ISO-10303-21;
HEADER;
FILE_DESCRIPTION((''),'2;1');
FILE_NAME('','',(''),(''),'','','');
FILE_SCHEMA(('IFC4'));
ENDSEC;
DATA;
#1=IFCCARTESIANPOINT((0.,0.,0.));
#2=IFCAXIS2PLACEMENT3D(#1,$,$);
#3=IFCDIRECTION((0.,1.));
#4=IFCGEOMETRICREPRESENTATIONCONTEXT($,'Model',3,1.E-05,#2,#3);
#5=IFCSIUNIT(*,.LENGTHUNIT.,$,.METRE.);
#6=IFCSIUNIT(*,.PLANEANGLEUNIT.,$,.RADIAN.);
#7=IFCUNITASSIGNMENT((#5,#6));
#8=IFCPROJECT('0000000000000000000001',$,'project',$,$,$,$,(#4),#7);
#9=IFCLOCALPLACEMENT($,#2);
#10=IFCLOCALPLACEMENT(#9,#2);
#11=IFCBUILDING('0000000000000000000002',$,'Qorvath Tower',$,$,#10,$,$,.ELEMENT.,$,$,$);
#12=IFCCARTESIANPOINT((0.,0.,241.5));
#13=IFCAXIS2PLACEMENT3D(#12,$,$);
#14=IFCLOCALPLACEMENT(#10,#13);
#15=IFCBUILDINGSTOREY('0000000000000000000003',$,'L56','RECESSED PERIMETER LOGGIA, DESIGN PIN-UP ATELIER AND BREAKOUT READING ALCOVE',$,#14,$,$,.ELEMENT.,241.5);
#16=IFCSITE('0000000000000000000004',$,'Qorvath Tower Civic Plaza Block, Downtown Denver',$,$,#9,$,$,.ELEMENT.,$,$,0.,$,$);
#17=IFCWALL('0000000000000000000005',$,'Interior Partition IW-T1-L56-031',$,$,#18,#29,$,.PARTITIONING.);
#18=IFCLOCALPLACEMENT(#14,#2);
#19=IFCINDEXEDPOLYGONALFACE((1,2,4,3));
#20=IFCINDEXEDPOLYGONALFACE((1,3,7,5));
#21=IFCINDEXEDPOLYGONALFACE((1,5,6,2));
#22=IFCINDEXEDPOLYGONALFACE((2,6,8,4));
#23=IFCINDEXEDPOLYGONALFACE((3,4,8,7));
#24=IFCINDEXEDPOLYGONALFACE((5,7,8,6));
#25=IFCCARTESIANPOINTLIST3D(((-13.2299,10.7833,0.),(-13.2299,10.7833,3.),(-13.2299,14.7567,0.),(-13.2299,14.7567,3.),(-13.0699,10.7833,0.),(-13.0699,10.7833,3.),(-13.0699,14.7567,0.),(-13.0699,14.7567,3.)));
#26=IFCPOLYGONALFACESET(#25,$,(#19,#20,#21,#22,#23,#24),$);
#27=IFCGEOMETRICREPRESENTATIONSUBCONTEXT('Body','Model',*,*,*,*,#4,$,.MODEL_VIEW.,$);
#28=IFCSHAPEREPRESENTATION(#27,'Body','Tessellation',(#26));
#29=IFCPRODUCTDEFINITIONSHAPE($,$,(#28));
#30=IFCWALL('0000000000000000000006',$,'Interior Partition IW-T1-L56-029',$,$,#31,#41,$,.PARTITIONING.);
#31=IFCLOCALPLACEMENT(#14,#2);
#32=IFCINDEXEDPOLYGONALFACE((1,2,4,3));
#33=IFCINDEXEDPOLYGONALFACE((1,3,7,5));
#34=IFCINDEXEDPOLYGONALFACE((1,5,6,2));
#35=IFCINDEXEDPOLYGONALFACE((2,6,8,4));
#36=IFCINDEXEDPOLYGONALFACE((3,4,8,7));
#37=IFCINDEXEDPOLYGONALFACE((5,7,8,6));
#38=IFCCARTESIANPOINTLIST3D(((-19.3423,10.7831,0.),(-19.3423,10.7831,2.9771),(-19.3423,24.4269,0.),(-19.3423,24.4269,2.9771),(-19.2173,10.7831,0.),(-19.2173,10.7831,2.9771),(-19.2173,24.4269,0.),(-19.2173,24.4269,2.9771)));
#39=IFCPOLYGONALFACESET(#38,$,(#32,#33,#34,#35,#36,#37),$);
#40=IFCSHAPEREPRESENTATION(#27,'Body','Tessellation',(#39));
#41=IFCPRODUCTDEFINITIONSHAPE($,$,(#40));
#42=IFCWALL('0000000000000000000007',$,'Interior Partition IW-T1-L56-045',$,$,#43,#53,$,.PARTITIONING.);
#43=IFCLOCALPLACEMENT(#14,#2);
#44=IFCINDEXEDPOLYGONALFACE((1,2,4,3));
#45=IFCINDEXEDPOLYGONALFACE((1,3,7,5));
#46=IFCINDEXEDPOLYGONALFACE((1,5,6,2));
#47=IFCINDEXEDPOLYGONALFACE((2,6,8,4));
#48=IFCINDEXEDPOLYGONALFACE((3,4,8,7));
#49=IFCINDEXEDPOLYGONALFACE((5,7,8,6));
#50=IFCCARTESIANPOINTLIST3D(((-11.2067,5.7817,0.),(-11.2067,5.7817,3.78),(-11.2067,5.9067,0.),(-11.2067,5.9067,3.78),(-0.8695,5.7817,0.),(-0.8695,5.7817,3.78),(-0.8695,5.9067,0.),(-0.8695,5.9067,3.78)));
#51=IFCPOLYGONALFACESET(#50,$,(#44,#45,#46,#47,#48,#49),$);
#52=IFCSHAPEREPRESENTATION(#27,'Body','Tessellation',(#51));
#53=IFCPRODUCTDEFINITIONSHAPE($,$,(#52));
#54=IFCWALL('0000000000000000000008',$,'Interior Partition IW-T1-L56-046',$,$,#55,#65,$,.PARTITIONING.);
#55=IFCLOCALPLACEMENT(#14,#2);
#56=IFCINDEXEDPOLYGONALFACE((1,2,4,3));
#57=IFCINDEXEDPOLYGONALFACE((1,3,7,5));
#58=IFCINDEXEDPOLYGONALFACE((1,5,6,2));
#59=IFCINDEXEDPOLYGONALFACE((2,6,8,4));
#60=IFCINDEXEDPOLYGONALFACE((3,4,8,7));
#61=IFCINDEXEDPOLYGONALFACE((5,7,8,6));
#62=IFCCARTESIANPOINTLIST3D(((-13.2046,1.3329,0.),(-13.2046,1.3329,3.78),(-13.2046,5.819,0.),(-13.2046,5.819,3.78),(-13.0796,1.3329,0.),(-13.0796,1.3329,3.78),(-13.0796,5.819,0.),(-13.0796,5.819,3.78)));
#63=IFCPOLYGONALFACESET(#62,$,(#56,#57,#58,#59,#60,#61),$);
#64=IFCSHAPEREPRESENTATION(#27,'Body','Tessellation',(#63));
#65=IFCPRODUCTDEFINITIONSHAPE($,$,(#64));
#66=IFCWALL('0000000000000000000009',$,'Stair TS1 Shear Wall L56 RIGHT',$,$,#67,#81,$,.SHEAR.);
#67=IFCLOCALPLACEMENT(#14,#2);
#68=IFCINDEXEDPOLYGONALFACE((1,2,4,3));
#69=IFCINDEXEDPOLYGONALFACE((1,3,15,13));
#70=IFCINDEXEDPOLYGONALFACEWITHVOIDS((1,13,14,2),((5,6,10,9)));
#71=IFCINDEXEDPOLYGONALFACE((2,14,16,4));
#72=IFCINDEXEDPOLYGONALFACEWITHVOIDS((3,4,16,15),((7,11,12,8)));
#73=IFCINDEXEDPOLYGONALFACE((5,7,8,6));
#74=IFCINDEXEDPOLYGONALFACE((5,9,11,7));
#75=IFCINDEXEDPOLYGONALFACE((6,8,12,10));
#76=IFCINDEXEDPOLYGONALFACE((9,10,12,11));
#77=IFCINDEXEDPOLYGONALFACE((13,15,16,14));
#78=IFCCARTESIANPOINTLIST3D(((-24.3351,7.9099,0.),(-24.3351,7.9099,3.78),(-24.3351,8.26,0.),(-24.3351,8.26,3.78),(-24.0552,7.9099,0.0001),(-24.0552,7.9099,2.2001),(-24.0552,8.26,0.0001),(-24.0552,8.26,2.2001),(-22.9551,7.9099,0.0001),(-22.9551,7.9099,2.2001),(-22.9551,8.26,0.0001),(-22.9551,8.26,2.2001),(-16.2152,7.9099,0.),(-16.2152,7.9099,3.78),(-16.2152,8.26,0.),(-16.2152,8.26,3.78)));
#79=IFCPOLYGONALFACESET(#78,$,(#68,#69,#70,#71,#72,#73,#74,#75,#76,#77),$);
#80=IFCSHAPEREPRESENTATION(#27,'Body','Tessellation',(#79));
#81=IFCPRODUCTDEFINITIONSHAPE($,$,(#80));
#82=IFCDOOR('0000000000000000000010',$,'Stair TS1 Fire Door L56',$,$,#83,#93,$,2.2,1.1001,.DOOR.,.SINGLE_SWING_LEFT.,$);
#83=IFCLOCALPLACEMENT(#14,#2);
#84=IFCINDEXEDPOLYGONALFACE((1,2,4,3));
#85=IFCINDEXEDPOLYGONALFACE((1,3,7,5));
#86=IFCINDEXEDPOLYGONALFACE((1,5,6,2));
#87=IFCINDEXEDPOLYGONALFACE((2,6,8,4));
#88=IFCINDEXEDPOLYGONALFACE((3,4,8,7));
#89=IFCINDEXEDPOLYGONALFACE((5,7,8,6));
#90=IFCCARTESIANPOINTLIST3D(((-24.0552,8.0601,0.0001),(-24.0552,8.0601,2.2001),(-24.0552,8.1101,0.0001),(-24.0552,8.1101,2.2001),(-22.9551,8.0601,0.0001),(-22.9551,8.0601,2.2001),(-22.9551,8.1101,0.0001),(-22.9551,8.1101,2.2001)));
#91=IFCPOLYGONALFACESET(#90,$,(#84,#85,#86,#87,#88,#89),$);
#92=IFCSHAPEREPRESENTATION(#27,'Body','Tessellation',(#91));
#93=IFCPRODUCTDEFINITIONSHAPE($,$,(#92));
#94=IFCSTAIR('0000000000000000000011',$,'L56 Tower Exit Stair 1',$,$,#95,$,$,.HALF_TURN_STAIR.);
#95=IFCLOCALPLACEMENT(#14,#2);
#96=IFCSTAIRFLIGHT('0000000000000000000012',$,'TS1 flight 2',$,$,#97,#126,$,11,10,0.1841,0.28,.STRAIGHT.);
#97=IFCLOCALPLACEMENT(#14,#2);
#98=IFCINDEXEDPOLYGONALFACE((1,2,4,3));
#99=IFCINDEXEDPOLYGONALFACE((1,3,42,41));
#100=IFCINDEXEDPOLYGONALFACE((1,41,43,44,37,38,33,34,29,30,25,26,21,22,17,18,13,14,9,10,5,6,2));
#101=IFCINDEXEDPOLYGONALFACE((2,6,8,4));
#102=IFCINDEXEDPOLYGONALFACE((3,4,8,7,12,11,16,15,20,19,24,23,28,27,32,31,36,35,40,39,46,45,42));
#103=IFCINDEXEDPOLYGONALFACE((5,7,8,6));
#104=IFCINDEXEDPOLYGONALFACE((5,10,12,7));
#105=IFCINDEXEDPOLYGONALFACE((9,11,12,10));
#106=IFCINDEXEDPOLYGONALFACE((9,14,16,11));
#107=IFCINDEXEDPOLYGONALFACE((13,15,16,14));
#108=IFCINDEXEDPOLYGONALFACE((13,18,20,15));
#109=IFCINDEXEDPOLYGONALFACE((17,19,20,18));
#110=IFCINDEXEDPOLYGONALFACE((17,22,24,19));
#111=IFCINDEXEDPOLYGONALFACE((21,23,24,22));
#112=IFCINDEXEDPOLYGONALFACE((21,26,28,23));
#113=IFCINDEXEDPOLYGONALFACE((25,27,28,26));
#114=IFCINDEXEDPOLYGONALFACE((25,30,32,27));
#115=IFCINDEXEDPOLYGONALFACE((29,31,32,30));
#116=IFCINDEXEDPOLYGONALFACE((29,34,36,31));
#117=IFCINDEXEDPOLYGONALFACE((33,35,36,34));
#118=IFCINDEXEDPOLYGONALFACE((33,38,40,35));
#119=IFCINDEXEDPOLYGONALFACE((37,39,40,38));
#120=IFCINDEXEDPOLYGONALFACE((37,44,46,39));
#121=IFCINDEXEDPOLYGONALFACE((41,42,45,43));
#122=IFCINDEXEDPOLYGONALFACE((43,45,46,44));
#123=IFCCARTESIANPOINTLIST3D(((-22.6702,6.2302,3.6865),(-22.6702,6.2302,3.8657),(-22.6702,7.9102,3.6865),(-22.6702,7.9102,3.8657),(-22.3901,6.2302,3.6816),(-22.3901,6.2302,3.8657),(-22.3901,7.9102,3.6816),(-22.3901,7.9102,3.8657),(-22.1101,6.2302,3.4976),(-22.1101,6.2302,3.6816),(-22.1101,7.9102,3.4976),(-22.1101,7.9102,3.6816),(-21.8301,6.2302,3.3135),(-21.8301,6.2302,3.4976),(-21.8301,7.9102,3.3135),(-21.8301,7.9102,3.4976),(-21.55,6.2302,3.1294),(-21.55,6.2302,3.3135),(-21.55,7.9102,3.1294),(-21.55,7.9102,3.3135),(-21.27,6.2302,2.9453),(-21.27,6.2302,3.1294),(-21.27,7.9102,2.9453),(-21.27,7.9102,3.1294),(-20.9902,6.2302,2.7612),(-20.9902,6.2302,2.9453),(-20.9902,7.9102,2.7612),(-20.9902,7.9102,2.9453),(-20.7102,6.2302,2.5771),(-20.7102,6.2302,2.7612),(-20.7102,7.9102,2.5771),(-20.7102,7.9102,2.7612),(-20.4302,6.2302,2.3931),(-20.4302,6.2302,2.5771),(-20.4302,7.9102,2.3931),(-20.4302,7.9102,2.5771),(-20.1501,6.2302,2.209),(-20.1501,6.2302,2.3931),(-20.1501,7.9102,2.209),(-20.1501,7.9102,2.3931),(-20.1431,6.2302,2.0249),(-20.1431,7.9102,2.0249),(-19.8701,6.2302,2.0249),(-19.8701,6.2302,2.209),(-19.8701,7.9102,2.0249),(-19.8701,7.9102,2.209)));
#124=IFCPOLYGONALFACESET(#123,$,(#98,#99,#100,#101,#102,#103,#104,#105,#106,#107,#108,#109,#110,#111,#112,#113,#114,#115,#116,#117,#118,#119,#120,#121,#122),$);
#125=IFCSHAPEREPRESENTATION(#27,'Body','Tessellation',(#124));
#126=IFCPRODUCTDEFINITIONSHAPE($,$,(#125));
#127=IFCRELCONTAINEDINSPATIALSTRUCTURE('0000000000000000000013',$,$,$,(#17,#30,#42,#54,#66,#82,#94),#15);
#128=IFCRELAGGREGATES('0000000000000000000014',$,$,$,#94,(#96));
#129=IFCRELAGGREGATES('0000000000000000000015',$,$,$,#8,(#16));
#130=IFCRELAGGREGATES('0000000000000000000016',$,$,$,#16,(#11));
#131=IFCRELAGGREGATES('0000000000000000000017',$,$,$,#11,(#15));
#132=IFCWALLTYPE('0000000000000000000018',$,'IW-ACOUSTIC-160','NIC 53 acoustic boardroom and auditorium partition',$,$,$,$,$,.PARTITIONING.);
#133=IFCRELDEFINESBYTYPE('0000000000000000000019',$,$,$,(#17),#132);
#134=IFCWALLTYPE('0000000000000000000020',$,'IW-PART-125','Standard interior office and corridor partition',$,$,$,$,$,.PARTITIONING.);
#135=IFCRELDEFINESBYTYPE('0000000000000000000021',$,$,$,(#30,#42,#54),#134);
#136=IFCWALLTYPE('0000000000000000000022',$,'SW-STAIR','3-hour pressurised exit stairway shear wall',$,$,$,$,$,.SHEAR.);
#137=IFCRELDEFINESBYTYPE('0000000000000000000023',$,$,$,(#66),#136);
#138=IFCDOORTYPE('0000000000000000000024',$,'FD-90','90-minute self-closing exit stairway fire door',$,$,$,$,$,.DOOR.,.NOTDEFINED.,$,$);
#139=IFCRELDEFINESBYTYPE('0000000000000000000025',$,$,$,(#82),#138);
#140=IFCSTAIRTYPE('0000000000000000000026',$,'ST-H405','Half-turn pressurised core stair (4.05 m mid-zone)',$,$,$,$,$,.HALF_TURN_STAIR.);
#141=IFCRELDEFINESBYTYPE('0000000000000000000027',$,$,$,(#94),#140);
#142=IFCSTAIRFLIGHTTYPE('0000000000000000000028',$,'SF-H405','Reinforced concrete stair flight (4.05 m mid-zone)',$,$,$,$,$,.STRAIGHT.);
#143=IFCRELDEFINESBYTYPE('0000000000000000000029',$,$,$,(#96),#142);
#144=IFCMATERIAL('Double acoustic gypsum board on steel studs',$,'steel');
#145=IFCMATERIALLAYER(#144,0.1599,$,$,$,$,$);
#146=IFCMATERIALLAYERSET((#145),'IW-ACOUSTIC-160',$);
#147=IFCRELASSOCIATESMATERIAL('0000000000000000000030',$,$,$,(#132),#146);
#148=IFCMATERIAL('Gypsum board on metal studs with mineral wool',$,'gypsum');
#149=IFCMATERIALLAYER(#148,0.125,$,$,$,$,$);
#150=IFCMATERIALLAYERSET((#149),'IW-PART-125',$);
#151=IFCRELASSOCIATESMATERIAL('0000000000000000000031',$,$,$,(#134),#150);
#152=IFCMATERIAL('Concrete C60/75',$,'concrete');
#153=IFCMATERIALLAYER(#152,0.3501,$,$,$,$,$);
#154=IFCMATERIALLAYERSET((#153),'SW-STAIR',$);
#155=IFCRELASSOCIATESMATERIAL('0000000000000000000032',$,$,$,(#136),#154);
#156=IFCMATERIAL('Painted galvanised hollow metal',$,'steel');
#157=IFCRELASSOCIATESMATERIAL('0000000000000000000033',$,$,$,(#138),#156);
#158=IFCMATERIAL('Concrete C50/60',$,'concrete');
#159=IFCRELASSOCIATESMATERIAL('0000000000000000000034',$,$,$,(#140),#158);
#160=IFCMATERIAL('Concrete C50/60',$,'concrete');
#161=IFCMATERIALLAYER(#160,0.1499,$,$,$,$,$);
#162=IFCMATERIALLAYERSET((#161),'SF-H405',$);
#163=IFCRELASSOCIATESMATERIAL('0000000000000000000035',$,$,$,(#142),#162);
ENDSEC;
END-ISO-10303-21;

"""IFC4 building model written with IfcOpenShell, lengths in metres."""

from ifc_helpers import new_model, si_unit, direction, frame, frame_2d, origin, place, context, subcontext, project, spatial, polyline, rectangle, outline, extrude, material, layer, layer_set, type_object, element, fill, aggregate, save


model = new_model("IFC4")

# Units and contexts
model_context = context("Model", 3, precision=1e-05, world=origin(), true_north=direction((0.0, 1.0)))
body_context = subcontext(model_context, "Body", "Model", "MODEL_VIEW")
ifc_project = project(units=[si_unit("LENGTHUNIT", "METRE"), si_unit("PLANEANGLEUNIT", "RADIAN")], contexts=[model_context])

# Site, building, storey
site_placement = place(None, origin())
site = spatial("IfcSite", under=ifc_project, at=site_placement, Name="Qorvath Tower Civic Plaza Block, Downtown Denver", CompositionType="ELEMENT", RefElevation=0.0)
building_placement = place(site_placement, origin())
building = spatial("IfcBuilding", under=site, at=building_placement, Name="Qorvath Tower", CompositionType="ELEMENT")
storey_placement = place(building_placement, frame((0.0, 0.0, 241.5)))
storey = spatial("IfcBuildingStorey", under=building, at=storey_placement, Name="L56", Description="RECESSED PERIMETER LOGGIA, DESIGN PIN-UP ATELIER AND BREAKOUT READING ALCOVE", CompositionType="ELEMENT", Elevation=241.5)

# Shared definitions
ifc_material_1 = material(Name="Double acoustic gypsum board on steel studs", Category="steel")
ifc_layer_1 = layer(ifc_material_1, 0.1599)
ifc_layer_set_1 = layer_set([ifc_layer_1], Name="IW-ACOUSTIC-160")
wall_type_1 = type_object("IfcWallType", Name="IW-ACOUSTIC-160", Description="NIC 53 acoustic boardroom and auditorium partition", PredefinedType="PARTITIONING", material=ifc_layer_set_1)

# Wall
wall_1_placement = place(storey_placement, frame((-13.1499, 10.7832, 0.0), z_axis=(0.0, 0.0, 1.0), x_axis=(0.0, 1.0, 0.0)))
element("IfcWall", 1, at=wall_1_placement, inside=storey, type_object=wall_type_1, Name="Interior Partition IW-T1-L56-031", PredefinedType="PARTITIONING", context=body_context, shape_type="SweptSolid", body=[
    extrude(rectangle(XDim=3.9734, YDim=0.1599, at=frame_2d((1.9868, 0.0))), origin(), (0.0, 0.0, 1.0), 3.0),
])

# Walls
ifc_material_2 = material(Name="Gypsum board on metal studs with mineral wool", Category="gypsum")
ifc_layer_2 = layer(ifc_material_2, 0.125)
ifc_layer_set_2 = layer_set([ifc_layer_2], Name="IW-PART-125")
wall_type_2 = type_object("IfcWallType", Name="IW-PART-125", Description="Standard interior office and corridor partition", PredefinedType="PARTITIONING", material=ifc_layer_set_2)
wall_2_placement = place(storey_placement, frame((-19.2798, 10.7832, 0.0), z_axis=(0.0, 0.0, 1.0), x_axis=(0.0, 1.0, 0.0)))
element("IfcWall", 2, at=wall_2_placement, inside=storey, type_object=wall_type_2, Name="Interior Partition IW-T1-L56-029", PredefinedType="PARTITIONING", context=body_context, shape_type="SweptSolid", body=[
    extrude(rectangle(XDim=13.6438, YDim=0.125, at=frame_2d((6.8218, 0.0))), origin(), (0.0, 0.0, 1.0), 2.9771),
])
wall_3_placement = place(storey_placement, frame((-0.8696, 5.8442, 0.0), z_axis=(0.0, 0.0, 1.0), x_axis=(-1.0, 0.0, 0.0)))
element("IfcWall", 3, at=wall_3_placement, inside=storey, type_object=wall_type_2, Name="Interior Partition IW-T1-L56-045", PredefinedType="PARTITIONING", context=body_context, shape_type="SweptSolid", body=[
    extrude(rectangle(XDim=10.3372, YDim=0.125, at=frame_2d((5.1685, 0.0))), origin(), (0.0, 0.0, 1.0), 3.78),
])
wall_4_placement = place(storey_placement, frame((-13.1421, 5.8191, 0.0), z_axis=(0.0, 0.0, 1.0), x_axis=(0.0, -1.0, 0.0)))
element("IfcWall", 4, at=wall_4_placement, inside=storey, type_object=wall_type_2, Name="Interior Partition IW-T1-L56-046", PredefinedType="PARTITIONING", context=body_context, shape_type="SweptSolid", body=[
    extrude(rectangle(XDim=4.4861, YDim=0.125, at=frame_2d((2.2432, 0.0))), origin(), (0.0, 0.0, 1.0), 3.78),
])

# Wall, opening, door
ifc_material_3 = material(Name="Concrete C60/75", Category="concrete")
ifc_layer_3 = layer(ifc_material_3, 0.3501)
ifc_layer_set_3 = layer_set([ifc_layer_3], Name="SW-STAIR")
wall_type_3 = type_object("IfcWallType", Name="SW-STAIR", Description="3-hour pressurised exit stairway shear wall", PredefinedType="SHEAR", material=ifc_layer_set_3)
wall_5_placement = place(storey_placement, frame((-16.2151, 8.085, 0.0), z_axis=(0.0, 0.0, 1.0), x_axis=(-1.0, 0.0, 0.0)))
wall_5 = element("IfcWall", 5, at=wall_5_placement, inside=storey, type_object=wall_type_3, Name="Stair TS1 Shear Wall L56 RIGHT", PredefinedType="SHEAR", context=body_context, shape_type="SweptSolid", body=[
    extrude(rectangle(XDim=8.1199, YDim=0.3501, at=frame_2d((4.0601, 0.0))), origin(), (0.0, 0.0, 1.0), 3.78),
])
opening_1_placement = place(wall_5_placement, frame((6.74, 0.0, 0.0)))
opening_1 = element("IfcOpeningElement", 6, at=opening_1_placement, cuts=wall_5, PredefinedType="OPENING", context=body_context, shape_type="SweptSolid", body=[
    extrude(rectangle(XDim=1.1001, YDim=2.2, at=frame_2d((0.55, 1.1001))), frame((0.0, 0.1851, 0.0), z_axis=(0.0, -1.0, 0.0), x_axis=(1.0, 0.0, 0.0)), (0.0, 0.0, 1.0), 0.3701),
])
ifc_material_4 = material(Name="Painted galvanised hollow metal", Category="steel")
door_type_1 = type_object("IfcDoorType", Name="FD-90", Description="90-minute self-closing exit stairway fire door", OperationType="NOTDEFINED", PredefinedType="DOOR", material=ifc_material_4)
door_1_placement = place(opening_1_placement, origin())
door_1 = element("IfcDoor", 7, at=door_1_placement, inside=storey, type_object=door_type_1, Name="Stair TS1 Fire Door L56", OperationType="SINGLE_SWING_LEFT", OverallHeight=2.2, OverallWidth=1.1001, PredefinedType="DOOR", context=body_context, shape_type="SweptSolid", body=[
    extrude(rectangle(XDim=1.1001, YDim=2.2, at=frame_2d((0.55, 1.1001))), frame((0.0, 0.0249, 0.0), z_axis=(0.0, -1.0, 0.0), x_axis=(1.0, 0.0, 0.0)), (0.0, 0.0, 1.0), 0.05),
])
fill(opening_1, door_1)

# Stair, stair flight
ifc_material_5 = material(Name="Concrete C50/60", Category="concrete")
stair_type = type_object("IfcStairType", Name="ST-H405", Description="Half-turn pressurised core stair (4.05 m mid-zone)", PredefinedType="HALF_TURN_STAIR", material=ifc_material_5)
stair_placement = place(storey_placement, origin())
stair = element("IfcStair", 8, at=stair_placement, inside=storey, type_object=stair_type, Name="L56 Tower Exit Stair 1", PredefinedType="HALF_TURN_STAIR")
ifc_material_6 = material(Name="Concrete C50/60", Category="concrete")
ifc_layer_4 = layer(ifc_material_6, 0.1499)
ifc_layer_set_4 = layer_set([ifc_layer_4], Name="SF-H405")
stair_flight_type = type_object("IfcStairFlightType", Name="SF-H405", Description="Reinforced concrete stair flight (4.05 m mid-zone)", PredefinedType="STRAIGHT", material=ifc_layer_set_4)
stair_flight_placement = place(storey_placement, frame((-19.8701, 7.0701, 2.0249), z_axis=(0.0, 0.0, 1.0), x_axis=(-1.0, 0.0, 0.0)))
stair_flight = element("IfcStairFlight", 9, at=stair_flight_placement, type_object=stair_flight_type, Name="TS1 flight 2", NumberOfRisers=11, NumberOfTreads=10, PredefinedType="STRAIGHT", RiserHeight=0.1841, TreadLength=0.28, context=body_context, shape_type="SweptSolid", body=[
    extrude(outline(polyline([(0.0, 0.0), (0.0, 0.1841), (0.28, 0.1841), (0.28, 0.3682), (0.5601, 0.3682), (0.5601, 0.5522), (0.8401, 0.5522), (0.8401, 0.7363), (1.1201, 0.7363), (1.1201, 0.9204), (1.3999, 0.9204), (1.3999, 1.1045), (1.6799, 1.1045), (1.6799, 1.2886), (1.96, 1.2886), (1.96, 1.4727), (2.24, 1.4727), (2.24, 1.6567), (2.52, 1.6567), (2.52, 1.8408), (2.8, 1.8408), (2.8, 2.0249), (2.8, 1.6616), (0.2729, 0.0), (0.0, 0.0)])), frame((0.0, 0.8398, 0.0), z_axis=(0.0, -1.0, 0.0), x_axis=(1.0, 0.0, 0.0)), (0.0, 0.0, 1.0), 1.6799),
])
aggregate(stair, [stair_flight])

save(model, "model.ifc")
